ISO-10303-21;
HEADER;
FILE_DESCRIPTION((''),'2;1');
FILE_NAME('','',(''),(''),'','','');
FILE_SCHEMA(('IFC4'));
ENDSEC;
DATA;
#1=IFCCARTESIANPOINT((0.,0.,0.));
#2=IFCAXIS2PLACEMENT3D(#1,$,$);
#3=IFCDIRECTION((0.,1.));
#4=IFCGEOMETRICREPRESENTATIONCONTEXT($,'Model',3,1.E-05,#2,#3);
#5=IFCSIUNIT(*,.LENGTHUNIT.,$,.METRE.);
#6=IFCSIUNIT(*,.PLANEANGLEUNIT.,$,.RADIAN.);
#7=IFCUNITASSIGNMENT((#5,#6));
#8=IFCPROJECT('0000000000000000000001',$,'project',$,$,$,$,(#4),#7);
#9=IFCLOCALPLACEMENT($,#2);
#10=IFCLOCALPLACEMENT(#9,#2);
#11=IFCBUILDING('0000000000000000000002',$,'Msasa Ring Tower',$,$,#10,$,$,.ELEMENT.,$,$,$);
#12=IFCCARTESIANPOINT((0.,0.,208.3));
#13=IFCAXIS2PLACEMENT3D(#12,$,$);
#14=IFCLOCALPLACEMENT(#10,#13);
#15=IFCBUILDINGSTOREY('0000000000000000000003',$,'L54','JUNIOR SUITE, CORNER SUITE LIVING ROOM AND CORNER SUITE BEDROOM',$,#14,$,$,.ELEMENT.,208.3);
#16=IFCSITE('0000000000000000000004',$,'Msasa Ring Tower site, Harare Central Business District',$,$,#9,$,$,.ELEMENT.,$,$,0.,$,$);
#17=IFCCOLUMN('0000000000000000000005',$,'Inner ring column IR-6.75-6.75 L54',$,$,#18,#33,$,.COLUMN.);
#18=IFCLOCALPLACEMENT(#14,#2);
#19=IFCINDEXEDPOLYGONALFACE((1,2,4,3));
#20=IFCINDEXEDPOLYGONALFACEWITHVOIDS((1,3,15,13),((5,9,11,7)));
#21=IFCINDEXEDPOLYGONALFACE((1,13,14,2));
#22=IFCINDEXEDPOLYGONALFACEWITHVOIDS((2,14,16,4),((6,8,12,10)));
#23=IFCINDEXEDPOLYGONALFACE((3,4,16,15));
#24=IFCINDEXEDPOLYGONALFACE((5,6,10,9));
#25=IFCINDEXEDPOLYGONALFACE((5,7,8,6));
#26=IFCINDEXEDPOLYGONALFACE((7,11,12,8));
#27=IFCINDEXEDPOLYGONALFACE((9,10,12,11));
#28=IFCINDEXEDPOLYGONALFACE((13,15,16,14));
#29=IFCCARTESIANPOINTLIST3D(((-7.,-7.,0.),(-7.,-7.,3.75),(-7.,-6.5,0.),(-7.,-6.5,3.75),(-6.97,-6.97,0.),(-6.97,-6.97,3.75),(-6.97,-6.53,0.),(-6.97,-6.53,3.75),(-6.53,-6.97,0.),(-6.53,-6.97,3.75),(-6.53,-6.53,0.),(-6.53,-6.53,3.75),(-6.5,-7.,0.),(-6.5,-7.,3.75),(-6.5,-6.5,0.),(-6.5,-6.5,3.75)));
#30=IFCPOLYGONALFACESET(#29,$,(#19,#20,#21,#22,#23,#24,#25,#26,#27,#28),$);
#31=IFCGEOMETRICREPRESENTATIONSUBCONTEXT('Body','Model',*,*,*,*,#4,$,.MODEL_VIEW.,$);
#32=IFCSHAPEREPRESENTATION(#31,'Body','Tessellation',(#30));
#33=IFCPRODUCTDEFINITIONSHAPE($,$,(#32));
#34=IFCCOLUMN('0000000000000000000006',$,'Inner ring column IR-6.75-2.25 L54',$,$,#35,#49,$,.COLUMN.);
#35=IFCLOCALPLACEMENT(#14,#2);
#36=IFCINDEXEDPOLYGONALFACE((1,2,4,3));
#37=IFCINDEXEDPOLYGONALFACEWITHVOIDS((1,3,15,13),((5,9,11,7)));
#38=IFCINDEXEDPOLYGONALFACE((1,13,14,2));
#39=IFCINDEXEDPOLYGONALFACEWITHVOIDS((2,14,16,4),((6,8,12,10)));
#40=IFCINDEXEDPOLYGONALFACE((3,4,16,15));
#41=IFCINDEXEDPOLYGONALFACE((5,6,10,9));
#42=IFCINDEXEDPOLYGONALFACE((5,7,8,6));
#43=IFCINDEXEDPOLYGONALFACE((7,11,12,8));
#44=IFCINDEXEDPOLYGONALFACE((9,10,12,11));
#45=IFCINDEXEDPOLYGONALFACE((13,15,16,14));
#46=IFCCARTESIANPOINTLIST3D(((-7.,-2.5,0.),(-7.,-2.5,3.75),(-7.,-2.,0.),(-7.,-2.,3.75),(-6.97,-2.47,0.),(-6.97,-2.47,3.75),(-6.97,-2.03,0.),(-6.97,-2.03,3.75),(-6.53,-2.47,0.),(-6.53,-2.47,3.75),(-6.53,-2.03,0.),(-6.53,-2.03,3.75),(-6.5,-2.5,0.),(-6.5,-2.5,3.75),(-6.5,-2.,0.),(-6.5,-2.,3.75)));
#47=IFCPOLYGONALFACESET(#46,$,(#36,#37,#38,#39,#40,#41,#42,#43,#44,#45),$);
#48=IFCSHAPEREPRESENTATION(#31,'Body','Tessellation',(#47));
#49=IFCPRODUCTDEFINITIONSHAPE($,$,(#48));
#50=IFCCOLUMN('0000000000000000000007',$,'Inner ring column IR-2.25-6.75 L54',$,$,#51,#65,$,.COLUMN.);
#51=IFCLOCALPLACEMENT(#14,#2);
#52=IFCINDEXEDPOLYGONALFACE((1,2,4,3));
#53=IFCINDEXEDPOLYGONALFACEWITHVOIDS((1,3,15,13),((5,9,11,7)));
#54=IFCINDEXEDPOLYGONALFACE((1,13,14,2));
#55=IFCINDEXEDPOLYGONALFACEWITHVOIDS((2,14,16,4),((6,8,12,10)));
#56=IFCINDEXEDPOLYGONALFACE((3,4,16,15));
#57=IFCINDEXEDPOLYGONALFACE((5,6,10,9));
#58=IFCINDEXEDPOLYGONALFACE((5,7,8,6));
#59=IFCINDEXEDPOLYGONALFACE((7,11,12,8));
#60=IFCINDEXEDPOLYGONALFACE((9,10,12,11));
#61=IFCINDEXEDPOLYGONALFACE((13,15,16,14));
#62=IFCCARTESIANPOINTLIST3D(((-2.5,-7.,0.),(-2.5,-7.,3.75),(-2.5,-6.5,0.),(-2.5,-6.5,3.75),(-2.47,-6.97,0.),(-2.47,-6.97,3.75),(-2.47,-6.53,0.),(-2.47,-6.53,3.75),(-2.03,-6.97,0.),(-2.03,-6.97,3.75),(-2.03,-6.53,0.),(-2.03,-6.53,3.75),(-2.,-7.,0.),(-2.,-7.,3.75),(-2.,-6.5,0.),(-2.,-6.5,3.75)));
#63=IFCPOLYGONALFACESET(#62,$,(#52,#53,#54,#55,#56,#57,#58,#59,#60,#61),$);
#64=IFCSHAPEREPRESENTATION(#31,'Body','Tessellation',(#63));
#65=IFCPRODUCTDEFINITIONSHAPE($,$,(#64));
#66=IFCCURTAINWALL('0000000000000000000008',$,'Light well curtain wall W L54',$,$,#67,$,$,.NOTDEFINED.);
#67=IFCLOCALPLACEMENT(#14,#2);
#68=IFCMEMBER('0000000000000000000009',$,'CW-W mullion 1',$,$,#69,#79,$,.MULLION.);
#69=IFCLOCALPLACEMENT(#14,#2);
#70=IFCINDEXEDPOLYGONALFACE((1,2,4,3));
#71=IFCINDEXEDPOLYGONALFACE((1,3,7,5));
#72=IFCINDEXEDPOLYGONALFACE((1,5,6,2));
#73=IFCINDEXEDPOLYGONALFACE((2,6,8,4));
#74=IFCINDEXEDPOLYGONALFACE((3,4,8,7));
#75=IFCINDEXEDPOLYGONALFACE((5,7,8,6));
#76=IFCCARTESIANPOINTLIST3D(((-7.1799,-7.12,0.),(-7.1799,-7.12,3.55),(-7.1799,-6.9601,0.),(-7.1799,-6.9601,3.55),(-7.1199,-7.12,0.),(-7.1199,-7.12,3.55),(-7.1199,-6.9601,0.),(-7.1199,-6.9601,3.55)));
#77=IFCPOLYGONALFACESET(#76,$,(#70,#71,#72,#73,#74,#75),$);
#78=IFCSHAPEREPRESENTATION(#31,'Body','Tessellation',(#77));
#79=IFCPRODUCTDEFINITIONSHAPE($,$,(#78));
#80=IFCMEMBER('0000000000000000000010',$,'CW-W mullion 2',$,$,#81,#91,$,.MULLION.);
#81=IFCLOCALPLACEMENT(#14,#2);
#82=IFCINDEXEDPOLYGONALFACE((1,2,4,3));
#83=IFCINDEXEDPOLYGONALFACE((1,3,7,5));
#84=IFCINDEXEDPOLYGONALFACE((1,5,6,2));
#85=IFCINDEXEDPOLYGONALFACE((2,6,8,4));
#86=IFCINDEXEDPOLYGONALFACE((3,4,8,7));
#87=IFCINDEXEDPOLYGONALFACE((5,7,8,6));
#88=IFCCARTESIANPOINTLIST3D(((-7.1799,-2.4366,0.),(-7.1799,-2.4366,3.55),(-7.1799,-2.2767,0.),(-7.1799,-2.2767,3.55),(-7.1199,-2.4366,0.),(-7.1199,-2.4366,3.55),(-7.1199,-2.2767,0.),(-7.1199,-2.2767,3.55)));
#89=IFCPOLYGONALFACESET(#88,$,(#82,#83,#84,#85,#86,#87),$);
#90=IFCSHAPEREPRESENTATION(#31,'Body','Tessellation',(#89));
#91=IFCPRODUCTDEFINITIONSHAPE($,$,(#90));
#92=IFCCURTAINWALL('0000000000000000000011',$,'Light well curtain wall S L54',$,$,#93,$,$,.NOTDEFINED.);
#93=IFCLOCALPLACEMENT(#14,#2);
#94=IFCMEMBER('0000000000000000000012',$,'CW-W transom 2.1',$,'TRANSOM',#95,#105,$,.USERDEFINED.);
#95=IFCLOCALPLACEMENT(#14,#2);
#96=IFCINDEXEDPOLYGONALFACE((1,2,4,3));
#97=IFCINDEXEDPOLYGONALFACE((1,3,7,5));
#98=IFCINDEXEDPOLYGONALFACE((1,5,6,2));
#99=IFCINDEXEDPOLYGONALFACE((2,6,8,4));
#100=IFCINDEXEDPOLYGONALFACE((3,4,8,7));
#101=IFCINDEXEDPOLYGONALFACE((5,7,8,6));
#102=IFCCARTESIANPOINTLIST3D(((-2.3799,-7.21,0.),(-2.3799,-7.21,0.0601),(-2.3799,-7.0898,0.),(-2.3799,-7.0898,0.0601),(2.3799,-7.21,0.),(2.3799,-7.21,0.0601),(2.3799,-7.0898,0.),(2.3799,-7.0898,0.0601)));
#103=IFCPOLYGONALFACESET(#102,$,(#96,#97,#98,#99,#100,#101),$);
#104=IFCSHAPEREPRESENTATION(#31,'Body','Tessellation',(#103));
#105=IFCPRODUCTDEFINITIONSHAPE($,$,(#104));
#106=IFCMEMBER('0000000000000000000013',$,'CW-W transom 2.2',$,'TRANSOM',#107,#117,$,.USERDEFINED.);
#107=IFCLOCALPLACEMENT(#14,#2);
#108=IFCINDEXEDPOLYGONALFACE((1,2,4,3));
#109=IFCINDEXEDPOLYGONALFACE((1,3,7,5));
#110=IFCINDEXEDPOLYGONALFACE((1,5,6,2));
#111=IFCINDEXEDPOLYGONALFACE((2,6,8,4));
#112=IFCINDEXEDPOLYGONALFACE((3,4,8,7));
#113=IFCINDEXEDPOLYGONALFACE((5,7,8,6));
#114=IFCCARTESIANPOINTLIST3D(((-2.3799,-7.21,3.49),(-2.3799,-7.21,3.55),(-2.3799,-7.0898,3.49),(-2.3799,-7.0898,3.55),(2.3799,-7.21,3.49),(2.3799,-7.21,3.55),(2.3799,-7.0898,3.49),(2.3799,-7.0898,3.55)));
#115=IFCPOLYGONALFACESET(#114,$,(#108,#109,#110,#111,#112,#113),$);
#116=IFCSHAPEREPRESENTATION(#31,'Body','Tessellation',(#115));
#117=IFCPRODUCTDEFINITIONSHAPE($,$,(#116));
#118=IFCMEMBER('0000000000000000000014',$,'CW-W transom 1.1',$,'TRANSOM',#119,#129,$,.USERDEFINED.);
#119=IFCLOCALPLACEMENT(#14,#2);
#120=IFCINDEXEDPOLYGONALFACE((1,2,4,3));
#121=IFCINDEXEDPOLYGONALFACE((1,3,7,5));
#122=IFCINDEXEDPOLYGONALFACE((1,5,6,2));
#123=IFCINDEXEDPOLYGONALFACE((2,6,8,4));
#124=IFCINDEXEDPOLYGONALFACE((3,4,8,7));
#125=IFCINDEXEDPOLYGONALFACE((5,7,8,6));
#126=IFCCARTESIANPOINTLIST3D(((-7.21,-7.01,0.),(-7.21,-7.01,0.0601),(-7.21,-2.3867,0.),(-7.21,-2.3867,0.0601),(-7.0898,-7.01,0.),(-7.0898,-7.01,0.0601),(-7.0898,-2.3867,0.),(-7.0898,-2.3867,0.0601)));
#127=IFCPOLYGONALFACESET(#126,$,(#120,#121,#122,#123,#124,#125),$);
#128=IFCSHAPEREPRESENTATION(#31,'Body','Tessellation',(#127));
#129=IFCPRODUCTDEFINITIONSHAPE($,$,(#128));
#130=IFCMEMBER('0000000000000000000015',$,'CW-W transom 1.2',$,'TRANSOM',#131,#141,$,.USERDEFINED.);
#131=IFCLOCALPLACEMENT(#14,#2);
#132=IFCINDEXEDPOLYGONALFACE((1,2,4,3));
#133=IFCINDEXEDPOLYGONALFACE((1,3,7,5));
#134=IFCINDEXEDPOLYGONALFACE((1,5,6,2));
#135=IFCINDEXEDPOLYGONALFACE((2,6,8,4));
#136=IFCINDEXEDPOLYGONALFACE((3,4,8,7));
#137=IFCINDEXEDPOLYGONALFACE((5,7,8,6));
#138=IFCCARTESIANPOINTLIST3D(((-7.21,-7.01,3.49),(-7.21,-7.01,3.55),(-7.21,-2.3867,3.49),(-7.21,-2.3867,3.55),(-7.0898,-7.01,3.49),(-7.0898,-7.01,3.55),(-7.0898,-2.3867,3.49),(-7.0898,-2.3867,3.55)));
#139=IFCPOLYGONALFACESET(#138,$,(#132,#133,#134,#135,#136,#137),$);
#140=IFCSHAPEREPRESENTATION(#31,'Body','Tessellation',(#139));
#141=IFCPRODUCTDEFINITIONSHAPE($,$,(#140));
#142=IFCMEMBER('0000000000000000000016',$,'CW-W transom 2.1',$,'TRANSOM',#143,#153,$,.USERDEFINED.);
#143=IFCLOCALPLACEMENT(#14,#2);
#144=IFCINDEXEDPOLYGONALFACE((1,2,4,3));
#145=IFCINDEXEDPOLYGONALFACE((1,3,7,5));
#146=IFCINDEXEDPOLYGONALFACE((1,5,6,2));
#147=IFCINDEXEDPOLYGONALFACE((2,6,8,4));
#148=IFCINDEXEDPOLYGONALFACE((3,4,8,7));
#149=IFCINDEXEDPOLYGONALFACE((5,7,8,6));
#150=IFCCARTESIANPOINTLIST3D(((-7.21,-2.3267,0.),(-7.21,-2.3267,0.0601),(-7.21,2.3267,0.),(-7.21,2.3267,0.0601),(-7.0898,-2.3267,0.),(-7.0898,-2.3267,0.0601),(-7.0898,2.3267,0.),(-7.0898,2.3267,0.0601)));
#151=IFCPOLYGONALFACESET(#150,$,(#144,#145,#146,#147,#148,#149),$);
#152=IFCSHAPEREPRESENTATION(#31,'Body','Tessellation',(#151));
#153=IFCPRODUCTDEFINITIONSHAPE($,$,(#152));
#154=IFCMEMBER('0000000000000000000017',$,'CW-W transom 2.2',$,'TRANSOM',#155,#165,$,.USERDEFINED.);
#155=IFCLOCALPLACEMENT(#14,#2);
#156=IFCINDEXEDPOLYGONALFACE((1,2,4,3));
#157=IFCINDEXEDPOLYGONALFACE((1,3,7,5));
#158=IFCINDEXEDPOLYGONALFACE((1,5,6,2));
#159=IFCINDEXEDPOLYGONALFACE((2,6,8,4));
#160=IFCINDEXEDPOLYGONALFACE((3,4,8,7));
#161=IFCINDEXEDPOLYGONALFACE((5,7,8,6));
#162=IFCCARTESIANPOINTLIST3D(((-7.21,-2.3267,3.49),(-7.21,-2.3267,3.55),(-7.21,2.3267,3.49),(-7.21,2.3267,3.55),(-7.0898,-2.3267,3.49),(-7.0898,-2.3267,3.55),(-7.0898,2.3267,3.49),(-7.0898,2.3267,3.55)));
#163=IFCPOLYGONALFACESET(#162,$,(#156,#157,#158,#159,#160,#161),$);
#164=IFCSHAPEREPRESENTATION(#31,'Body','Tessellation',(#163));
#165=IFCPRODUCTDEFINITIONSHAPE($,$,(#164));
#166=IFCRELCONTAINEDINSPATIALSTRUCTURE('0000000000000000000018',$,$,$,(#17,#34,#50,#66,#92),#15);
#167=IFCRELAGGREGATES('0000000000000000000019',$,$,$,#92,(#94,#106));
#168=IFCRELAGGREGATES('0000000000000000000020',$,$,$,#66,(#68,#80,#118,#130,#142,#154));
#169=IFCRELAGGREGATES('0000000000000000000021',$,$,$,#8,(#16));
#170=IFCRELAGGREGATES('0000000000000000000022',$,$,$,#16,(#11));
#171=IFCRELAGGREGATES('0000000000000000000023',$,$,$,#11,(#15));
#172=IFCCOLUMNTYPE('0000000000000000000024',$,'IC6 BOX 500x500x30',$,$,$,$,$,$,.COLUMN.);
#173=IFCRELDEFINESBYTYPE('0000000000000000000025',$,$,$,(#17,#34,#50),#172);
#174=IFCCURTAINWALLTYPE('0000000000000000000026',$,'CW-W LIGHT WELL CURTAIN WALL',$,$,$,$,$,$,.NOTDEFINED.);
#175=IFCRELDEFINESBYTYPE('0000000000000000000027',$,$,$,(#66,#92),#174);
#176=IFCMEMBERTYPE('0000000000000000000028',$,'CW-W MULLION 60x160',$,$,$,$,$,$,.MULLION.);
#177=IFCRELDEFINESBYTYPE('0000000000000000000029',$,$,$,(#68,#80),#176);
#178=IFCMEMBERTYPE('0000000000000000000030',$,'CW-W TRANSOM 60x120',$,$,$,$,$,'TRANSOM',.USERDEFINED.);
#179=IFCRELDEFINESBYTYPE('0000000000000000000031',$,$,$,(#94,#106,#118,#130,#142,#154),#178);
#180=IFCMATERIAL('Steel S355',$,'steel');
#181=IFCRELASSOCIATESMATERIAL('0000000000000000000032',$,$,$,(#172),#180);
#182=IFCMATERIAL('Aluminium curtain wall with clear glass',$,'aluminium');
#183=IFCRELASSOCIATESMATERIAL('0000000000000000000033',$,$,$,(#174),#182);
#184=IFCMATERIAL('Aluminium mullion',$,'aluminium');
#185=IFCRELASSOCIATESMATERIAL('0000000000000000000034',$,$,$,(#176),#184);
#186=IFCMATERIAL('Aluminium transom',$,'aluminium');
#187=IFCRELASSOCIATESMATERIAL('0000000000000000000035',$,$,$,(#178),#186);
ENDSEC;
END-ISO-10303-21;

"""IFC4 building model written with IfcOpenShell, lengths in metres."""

from ifc_helpers import new_model, si_unit, direction, frame, origin, origin_2d, place, context, subcontext, project, spatial, rectangle, hollow_rectangle, extrude, material, material_profile, profile_set, type_object, element, aggregate, save


model = new_model("IFC4")

# Units and contexts
model_context = context("Model", 3, precision=1e-05, world=origin(), true_north=direction((0.0, 1.0)))
body_context = subcontext(model_context, "Body", "Model", "MODEL_VIEW")
ifc_project = project(units=[si_unit("LENGTHUNIT", "METRE"), si_unit("PLANEANGLEUNIT", "RADIAN")], contexts=[model_context])

# Site, building, storey
site_placement = place(None, origin())
site = spatial("IfcSite", under=ifc_project, at=site_placement, Name="Msasa Ring Tower site, Harare Central Business District", CompositionType="ELEMENT", RefElevation=0.0)
building_placement = place(site_placement, origin())
building = spatial("IfcBuilding", under=site, at=building_placement, Name="Msasa Ring Tower", CompositionType="ELEMENT")
storey_placement = place(building_placement, frame((0.0, 0.0, 208.3)))
storey = spatial("IfcBuildingStorey", under=building, at=storey_placement, Name="L54", Description="JUNIOR SUITE, CORNER SUITE LIVING ROOM AND CORNER SUITE BEDROOM", CompositionType="ELEMENT", Elevation=208.3)

# Columns
ifc_material_1 = material(Name="Steel S355", Category="steel")
ifc_material_profile_1 = material_profile(ifc_material_1, hollow_rectangle(XDim=0.5, YDim=0.5, WallThickness=0.03, at=origin_2d()), Name="BOX 500x500x30")
ifc_profile_set_1 = profile_set([ifc_material_profile_1], Name="Steel S355")
column_type = type_object("IfcColumnType", Name="IC6 BOX 500x500x30", PredefinedType="COLUMN", material=ifc_profile_set_1)
for number, where, z_axis, x_axis, name in (
    (1, (-6.75, -6.75, 0.0), (0.0, 0.0, 1.0), (1.0, 0.0, 0.0), "Inner ring column IR-6.75-6.75 L54"),
    (2, (-6.75, -2.25, 0.0), (0.0, 0.0, 1.0), (1.0, 0.0, 0.0), "Inner ring column IR-6.75-2.25 L54"),
    (3, (-2.25, -6.75, 0.0), (0.0, 0.0, 1.0), (1.0, 0.0, 0.0), "Inner ring column IR-2.25-6.75 L54"),
):
    element("IfcColumn", number, at=place(storey_placement, frame(where, z_axis=z_axis, x_axis=x_axis)), inside=storey, type_object=column_type, Name=name, PredefinedType="COLUMN", context=body_context, shape_type="SweptSolid", body=[
        extrude(hollow_rectangle(XDim=0.5, YDim=0.5, WallThickness=0.03, at=origin_2d()), origin(), (0.0, 0.0, 1.0), 3.75),
    ])

# Curtain walls, members
ifc_material_2 = material(Name="Aluminium curtain wall with clear glass", Category="aluminium")
curtain_wall_type = type_object("IfcCurtainWallType", Name="CW-W LIGHT WELL CURTAIN WALL", PredefinedType="NOTDEFINED", material=ifc_material_2)
curtain_wall_1_placement = place(storey_placement, origin())
curtain_wall_1 = element("IfcCurtainWall", 4, at=curtain_wall_1_placement, inside=storey, type_object=curtain_wall_type, Name="Light well curtain wall W L54", PredefinedType="NOTDEFINED")
ifc_material_3 = material(Name="Aluminium mullion", Category="aluminium")
ifc_material_profile_2 = material_profile(ifc_material_3, rectangle(XDim=0.0601, YDim=0.1599, at=origin_2d()), Name="AL 60x160")
ifc_profile_set_2 = profile_set([ifc_material_profile_2], Name="Aluminium mullion")
member_type_1 = type_object("IfcMemberType", Name="CW-W MULLION 60x160", PredefinedType="MULLION", material=ifc_profile_set_2)
member_1_placement = place(storey_placement, frame((-7.1499, -7.04, 0.0), z_axis=(0.0, 0.0, 1.0), x_axis=(-1.0, 0.0, 0.0)))
member_1 = element("IfcMember", 5, at=member_1_placement, type_object=member_type_1, Name="CW-W mullion 1", PredefinedType="MULLION", context=body_context, shape_type="SweptSolid", body=[
    extrude(rectangle(XDim=0.0601, YDim=0.1599, at=origin_2d()), origin(), (0.0, 0.0, 1.0), 3.55),
])
member_2_placement = place(storey_placement, frame((-7.1499, -2.3567, 0.0), z_axis=(0.0, 0.0, 1.0), x_axis=(-1.0, 0.0, 0.0)))
member_2 = element("IfcMember", 6, at=member_2_placement, type_object=member_type_1, Name="CW-W mullion 2", PredefinedType="MULLION", context=body_context, shape_type="SweptSolid", body=[
    extrude(rectangle(XDim=0.0601, YDim=0.1599, at=origin_2d()), origin(), (0.0, 0.0, 1.0), 3.55),
])
curtain_wall_2_placement = place(storey_placement, origin())
curtain_wall_2 = element("IfcCurtainWall", 7, at=curtain_wall_2_placement, inside=storey, type_object=curtain_wall_type, Name="Light well curtain wall S L54", PredefinedType="NOTDEFINED")
ifc_material_4 = material(Name="Aluminium transom", Category="aluminium")
ifc_material_profile_3 = material_profile(ifc_material_4, rectangle(XDim=0.1201, YDim=0.0601, at=origin_2d()), Name="AL 60x120")
ifc_profile_set_3 = profile_set([ifc_material_profile_3], Name="Aluminium transom")
member_type_2 = type_object("IfcMemberType", Name="CW-W TRANSOM 60x120", ElementType="TRANSOM", PredefinedType="USERDEFINED", material=ifc_profile_set_3)
member_3_placement = place(storey_placement, frame((-2.3799, -7.1499, 0.03), z_axis=(1.0, 0.0, 0.0), x_axis=(0.0, 1.0, 0.0)))
member_3 = element("IfcMember", 8, at=member_3_placement, type_object=member_type_2, Name="CW-W transom 2.1", ObjectType="TRANSOM", PredefinedType="USERDEFINED", context=body_context, shape_type="SweptSolid", body=[
    extrude(rectangle(XDim=0.1201, YDim=0.0601, at=origin_2d()), origin(), (0.0, 0.0, 1.0), 4.7598),
])
member_4_placement = place(storey_placement, frame((-2.3799, -7.1499, 3.52), z_axis=(1.0, 0.0, 0.0), x_axis=(0.0, 1.0, 0.0)))
member_4 = element("IfcMember", 9, at=member_4_placement, type_object=member_type_2, Name="CW-W transom 2.2", ObjectType="TRANSOM", PredefinedType="USERDEFINED", context=body_context, shape_type="SweptSolid", body=[
    extrude(rectangle(XDim=0.1201, YDim=0.0601, at=origin_2d()), origin(), (0.0, 0.0, 1.0), 4.7598),
])

# Members
member_5_placement = place(storey_placement, frame((-7.1499, -7.01, 0.03), z_axis=(0.0, 1.0, 0.0), x_axis=(-1.0, 0.0, 0.0)))
member_5 = element("IfcMember", 10, at=member_5_placement, type_object=member_type_2, Name="CW-W transom 1.1", ObjectType="TRANSOM", PredefinedType="USERDEFINED", context=body_context, shape_type="SweptSolid", body=[
    extrude(rectangle(XDim=0.1201, YDim=0.0601, at=origin_2d()), origin(), (0.0, 0.0, 1.0), 4.6233),
])
member_6_placement = place(storey_placement, frame((-7.1499, -7.01, 3.52), z_axis=(0.0, 1.0, 0.0), x_axis=(-1.0, 0.0, 0.0)))
member_6 = element("IfcMember", 11, at=member_6_placement, type_object=member_type_2, Name="CW-W transom 1.2", ObjectType="TRANSOM", PredefinedType="USERDEFINED", context=body_context, shape_type="SweptSolid", body=[
    extrude(rectangle(XDim=0.1201, YDim=0.0601, at=origin_2d()), origin(), (0.0, 0.0, 1.0), 4.6233),
])
member_7_placement = place(storey_placement, frame((-7.1499, -2.3267, 0.03), z_axis=(0.0, 1.0, 0.0), x_axis=(-1.0, 0.0, 0.0)))
member_7 = element("IfcMember", 12, at=member_7_placement, type_object=member_type_2, Name="CW-W transom 2.1", ObjectType="TRANSOM", PredefinedType="USERDEFINED", context=body_context, shape_type="SweptSolid", body=[
    extrude(rectangle(XDim=0.1201, YDim=0.0601, at=origin_2d()), origin(), (0.0, 0.0, 1.0), 4.6533),
])
member_8_placement = place(storey_placement, frame((-7.1499, -2.3267, 3.52), z_axis=(0.0, 1.0, 0.0), x_axis=(-1.0, 0.0, 0.0)))
member_8 = element("IfcMember", 13, at=member_8_placement, type_object=member_type_2, Name="CW-W transom 2.2", ObjectType="TRANSOM", PredefinedType="USERDEFINED", context=body_context, shape_type="SweptSolid", body=[
    extrude(rectangle(XDim=0.1201, YDim=0.0601, at=origin_2d()), origin(), (0.0, 0.0, 1.0), 4.6533),
])

aggregate(curtain_wall_2, [member_3, member_4])
aggregate(curtain_wall_1, [member_1, member_2, member_5, member_6, member_7, member_8])

save(model, "model.ifc")
